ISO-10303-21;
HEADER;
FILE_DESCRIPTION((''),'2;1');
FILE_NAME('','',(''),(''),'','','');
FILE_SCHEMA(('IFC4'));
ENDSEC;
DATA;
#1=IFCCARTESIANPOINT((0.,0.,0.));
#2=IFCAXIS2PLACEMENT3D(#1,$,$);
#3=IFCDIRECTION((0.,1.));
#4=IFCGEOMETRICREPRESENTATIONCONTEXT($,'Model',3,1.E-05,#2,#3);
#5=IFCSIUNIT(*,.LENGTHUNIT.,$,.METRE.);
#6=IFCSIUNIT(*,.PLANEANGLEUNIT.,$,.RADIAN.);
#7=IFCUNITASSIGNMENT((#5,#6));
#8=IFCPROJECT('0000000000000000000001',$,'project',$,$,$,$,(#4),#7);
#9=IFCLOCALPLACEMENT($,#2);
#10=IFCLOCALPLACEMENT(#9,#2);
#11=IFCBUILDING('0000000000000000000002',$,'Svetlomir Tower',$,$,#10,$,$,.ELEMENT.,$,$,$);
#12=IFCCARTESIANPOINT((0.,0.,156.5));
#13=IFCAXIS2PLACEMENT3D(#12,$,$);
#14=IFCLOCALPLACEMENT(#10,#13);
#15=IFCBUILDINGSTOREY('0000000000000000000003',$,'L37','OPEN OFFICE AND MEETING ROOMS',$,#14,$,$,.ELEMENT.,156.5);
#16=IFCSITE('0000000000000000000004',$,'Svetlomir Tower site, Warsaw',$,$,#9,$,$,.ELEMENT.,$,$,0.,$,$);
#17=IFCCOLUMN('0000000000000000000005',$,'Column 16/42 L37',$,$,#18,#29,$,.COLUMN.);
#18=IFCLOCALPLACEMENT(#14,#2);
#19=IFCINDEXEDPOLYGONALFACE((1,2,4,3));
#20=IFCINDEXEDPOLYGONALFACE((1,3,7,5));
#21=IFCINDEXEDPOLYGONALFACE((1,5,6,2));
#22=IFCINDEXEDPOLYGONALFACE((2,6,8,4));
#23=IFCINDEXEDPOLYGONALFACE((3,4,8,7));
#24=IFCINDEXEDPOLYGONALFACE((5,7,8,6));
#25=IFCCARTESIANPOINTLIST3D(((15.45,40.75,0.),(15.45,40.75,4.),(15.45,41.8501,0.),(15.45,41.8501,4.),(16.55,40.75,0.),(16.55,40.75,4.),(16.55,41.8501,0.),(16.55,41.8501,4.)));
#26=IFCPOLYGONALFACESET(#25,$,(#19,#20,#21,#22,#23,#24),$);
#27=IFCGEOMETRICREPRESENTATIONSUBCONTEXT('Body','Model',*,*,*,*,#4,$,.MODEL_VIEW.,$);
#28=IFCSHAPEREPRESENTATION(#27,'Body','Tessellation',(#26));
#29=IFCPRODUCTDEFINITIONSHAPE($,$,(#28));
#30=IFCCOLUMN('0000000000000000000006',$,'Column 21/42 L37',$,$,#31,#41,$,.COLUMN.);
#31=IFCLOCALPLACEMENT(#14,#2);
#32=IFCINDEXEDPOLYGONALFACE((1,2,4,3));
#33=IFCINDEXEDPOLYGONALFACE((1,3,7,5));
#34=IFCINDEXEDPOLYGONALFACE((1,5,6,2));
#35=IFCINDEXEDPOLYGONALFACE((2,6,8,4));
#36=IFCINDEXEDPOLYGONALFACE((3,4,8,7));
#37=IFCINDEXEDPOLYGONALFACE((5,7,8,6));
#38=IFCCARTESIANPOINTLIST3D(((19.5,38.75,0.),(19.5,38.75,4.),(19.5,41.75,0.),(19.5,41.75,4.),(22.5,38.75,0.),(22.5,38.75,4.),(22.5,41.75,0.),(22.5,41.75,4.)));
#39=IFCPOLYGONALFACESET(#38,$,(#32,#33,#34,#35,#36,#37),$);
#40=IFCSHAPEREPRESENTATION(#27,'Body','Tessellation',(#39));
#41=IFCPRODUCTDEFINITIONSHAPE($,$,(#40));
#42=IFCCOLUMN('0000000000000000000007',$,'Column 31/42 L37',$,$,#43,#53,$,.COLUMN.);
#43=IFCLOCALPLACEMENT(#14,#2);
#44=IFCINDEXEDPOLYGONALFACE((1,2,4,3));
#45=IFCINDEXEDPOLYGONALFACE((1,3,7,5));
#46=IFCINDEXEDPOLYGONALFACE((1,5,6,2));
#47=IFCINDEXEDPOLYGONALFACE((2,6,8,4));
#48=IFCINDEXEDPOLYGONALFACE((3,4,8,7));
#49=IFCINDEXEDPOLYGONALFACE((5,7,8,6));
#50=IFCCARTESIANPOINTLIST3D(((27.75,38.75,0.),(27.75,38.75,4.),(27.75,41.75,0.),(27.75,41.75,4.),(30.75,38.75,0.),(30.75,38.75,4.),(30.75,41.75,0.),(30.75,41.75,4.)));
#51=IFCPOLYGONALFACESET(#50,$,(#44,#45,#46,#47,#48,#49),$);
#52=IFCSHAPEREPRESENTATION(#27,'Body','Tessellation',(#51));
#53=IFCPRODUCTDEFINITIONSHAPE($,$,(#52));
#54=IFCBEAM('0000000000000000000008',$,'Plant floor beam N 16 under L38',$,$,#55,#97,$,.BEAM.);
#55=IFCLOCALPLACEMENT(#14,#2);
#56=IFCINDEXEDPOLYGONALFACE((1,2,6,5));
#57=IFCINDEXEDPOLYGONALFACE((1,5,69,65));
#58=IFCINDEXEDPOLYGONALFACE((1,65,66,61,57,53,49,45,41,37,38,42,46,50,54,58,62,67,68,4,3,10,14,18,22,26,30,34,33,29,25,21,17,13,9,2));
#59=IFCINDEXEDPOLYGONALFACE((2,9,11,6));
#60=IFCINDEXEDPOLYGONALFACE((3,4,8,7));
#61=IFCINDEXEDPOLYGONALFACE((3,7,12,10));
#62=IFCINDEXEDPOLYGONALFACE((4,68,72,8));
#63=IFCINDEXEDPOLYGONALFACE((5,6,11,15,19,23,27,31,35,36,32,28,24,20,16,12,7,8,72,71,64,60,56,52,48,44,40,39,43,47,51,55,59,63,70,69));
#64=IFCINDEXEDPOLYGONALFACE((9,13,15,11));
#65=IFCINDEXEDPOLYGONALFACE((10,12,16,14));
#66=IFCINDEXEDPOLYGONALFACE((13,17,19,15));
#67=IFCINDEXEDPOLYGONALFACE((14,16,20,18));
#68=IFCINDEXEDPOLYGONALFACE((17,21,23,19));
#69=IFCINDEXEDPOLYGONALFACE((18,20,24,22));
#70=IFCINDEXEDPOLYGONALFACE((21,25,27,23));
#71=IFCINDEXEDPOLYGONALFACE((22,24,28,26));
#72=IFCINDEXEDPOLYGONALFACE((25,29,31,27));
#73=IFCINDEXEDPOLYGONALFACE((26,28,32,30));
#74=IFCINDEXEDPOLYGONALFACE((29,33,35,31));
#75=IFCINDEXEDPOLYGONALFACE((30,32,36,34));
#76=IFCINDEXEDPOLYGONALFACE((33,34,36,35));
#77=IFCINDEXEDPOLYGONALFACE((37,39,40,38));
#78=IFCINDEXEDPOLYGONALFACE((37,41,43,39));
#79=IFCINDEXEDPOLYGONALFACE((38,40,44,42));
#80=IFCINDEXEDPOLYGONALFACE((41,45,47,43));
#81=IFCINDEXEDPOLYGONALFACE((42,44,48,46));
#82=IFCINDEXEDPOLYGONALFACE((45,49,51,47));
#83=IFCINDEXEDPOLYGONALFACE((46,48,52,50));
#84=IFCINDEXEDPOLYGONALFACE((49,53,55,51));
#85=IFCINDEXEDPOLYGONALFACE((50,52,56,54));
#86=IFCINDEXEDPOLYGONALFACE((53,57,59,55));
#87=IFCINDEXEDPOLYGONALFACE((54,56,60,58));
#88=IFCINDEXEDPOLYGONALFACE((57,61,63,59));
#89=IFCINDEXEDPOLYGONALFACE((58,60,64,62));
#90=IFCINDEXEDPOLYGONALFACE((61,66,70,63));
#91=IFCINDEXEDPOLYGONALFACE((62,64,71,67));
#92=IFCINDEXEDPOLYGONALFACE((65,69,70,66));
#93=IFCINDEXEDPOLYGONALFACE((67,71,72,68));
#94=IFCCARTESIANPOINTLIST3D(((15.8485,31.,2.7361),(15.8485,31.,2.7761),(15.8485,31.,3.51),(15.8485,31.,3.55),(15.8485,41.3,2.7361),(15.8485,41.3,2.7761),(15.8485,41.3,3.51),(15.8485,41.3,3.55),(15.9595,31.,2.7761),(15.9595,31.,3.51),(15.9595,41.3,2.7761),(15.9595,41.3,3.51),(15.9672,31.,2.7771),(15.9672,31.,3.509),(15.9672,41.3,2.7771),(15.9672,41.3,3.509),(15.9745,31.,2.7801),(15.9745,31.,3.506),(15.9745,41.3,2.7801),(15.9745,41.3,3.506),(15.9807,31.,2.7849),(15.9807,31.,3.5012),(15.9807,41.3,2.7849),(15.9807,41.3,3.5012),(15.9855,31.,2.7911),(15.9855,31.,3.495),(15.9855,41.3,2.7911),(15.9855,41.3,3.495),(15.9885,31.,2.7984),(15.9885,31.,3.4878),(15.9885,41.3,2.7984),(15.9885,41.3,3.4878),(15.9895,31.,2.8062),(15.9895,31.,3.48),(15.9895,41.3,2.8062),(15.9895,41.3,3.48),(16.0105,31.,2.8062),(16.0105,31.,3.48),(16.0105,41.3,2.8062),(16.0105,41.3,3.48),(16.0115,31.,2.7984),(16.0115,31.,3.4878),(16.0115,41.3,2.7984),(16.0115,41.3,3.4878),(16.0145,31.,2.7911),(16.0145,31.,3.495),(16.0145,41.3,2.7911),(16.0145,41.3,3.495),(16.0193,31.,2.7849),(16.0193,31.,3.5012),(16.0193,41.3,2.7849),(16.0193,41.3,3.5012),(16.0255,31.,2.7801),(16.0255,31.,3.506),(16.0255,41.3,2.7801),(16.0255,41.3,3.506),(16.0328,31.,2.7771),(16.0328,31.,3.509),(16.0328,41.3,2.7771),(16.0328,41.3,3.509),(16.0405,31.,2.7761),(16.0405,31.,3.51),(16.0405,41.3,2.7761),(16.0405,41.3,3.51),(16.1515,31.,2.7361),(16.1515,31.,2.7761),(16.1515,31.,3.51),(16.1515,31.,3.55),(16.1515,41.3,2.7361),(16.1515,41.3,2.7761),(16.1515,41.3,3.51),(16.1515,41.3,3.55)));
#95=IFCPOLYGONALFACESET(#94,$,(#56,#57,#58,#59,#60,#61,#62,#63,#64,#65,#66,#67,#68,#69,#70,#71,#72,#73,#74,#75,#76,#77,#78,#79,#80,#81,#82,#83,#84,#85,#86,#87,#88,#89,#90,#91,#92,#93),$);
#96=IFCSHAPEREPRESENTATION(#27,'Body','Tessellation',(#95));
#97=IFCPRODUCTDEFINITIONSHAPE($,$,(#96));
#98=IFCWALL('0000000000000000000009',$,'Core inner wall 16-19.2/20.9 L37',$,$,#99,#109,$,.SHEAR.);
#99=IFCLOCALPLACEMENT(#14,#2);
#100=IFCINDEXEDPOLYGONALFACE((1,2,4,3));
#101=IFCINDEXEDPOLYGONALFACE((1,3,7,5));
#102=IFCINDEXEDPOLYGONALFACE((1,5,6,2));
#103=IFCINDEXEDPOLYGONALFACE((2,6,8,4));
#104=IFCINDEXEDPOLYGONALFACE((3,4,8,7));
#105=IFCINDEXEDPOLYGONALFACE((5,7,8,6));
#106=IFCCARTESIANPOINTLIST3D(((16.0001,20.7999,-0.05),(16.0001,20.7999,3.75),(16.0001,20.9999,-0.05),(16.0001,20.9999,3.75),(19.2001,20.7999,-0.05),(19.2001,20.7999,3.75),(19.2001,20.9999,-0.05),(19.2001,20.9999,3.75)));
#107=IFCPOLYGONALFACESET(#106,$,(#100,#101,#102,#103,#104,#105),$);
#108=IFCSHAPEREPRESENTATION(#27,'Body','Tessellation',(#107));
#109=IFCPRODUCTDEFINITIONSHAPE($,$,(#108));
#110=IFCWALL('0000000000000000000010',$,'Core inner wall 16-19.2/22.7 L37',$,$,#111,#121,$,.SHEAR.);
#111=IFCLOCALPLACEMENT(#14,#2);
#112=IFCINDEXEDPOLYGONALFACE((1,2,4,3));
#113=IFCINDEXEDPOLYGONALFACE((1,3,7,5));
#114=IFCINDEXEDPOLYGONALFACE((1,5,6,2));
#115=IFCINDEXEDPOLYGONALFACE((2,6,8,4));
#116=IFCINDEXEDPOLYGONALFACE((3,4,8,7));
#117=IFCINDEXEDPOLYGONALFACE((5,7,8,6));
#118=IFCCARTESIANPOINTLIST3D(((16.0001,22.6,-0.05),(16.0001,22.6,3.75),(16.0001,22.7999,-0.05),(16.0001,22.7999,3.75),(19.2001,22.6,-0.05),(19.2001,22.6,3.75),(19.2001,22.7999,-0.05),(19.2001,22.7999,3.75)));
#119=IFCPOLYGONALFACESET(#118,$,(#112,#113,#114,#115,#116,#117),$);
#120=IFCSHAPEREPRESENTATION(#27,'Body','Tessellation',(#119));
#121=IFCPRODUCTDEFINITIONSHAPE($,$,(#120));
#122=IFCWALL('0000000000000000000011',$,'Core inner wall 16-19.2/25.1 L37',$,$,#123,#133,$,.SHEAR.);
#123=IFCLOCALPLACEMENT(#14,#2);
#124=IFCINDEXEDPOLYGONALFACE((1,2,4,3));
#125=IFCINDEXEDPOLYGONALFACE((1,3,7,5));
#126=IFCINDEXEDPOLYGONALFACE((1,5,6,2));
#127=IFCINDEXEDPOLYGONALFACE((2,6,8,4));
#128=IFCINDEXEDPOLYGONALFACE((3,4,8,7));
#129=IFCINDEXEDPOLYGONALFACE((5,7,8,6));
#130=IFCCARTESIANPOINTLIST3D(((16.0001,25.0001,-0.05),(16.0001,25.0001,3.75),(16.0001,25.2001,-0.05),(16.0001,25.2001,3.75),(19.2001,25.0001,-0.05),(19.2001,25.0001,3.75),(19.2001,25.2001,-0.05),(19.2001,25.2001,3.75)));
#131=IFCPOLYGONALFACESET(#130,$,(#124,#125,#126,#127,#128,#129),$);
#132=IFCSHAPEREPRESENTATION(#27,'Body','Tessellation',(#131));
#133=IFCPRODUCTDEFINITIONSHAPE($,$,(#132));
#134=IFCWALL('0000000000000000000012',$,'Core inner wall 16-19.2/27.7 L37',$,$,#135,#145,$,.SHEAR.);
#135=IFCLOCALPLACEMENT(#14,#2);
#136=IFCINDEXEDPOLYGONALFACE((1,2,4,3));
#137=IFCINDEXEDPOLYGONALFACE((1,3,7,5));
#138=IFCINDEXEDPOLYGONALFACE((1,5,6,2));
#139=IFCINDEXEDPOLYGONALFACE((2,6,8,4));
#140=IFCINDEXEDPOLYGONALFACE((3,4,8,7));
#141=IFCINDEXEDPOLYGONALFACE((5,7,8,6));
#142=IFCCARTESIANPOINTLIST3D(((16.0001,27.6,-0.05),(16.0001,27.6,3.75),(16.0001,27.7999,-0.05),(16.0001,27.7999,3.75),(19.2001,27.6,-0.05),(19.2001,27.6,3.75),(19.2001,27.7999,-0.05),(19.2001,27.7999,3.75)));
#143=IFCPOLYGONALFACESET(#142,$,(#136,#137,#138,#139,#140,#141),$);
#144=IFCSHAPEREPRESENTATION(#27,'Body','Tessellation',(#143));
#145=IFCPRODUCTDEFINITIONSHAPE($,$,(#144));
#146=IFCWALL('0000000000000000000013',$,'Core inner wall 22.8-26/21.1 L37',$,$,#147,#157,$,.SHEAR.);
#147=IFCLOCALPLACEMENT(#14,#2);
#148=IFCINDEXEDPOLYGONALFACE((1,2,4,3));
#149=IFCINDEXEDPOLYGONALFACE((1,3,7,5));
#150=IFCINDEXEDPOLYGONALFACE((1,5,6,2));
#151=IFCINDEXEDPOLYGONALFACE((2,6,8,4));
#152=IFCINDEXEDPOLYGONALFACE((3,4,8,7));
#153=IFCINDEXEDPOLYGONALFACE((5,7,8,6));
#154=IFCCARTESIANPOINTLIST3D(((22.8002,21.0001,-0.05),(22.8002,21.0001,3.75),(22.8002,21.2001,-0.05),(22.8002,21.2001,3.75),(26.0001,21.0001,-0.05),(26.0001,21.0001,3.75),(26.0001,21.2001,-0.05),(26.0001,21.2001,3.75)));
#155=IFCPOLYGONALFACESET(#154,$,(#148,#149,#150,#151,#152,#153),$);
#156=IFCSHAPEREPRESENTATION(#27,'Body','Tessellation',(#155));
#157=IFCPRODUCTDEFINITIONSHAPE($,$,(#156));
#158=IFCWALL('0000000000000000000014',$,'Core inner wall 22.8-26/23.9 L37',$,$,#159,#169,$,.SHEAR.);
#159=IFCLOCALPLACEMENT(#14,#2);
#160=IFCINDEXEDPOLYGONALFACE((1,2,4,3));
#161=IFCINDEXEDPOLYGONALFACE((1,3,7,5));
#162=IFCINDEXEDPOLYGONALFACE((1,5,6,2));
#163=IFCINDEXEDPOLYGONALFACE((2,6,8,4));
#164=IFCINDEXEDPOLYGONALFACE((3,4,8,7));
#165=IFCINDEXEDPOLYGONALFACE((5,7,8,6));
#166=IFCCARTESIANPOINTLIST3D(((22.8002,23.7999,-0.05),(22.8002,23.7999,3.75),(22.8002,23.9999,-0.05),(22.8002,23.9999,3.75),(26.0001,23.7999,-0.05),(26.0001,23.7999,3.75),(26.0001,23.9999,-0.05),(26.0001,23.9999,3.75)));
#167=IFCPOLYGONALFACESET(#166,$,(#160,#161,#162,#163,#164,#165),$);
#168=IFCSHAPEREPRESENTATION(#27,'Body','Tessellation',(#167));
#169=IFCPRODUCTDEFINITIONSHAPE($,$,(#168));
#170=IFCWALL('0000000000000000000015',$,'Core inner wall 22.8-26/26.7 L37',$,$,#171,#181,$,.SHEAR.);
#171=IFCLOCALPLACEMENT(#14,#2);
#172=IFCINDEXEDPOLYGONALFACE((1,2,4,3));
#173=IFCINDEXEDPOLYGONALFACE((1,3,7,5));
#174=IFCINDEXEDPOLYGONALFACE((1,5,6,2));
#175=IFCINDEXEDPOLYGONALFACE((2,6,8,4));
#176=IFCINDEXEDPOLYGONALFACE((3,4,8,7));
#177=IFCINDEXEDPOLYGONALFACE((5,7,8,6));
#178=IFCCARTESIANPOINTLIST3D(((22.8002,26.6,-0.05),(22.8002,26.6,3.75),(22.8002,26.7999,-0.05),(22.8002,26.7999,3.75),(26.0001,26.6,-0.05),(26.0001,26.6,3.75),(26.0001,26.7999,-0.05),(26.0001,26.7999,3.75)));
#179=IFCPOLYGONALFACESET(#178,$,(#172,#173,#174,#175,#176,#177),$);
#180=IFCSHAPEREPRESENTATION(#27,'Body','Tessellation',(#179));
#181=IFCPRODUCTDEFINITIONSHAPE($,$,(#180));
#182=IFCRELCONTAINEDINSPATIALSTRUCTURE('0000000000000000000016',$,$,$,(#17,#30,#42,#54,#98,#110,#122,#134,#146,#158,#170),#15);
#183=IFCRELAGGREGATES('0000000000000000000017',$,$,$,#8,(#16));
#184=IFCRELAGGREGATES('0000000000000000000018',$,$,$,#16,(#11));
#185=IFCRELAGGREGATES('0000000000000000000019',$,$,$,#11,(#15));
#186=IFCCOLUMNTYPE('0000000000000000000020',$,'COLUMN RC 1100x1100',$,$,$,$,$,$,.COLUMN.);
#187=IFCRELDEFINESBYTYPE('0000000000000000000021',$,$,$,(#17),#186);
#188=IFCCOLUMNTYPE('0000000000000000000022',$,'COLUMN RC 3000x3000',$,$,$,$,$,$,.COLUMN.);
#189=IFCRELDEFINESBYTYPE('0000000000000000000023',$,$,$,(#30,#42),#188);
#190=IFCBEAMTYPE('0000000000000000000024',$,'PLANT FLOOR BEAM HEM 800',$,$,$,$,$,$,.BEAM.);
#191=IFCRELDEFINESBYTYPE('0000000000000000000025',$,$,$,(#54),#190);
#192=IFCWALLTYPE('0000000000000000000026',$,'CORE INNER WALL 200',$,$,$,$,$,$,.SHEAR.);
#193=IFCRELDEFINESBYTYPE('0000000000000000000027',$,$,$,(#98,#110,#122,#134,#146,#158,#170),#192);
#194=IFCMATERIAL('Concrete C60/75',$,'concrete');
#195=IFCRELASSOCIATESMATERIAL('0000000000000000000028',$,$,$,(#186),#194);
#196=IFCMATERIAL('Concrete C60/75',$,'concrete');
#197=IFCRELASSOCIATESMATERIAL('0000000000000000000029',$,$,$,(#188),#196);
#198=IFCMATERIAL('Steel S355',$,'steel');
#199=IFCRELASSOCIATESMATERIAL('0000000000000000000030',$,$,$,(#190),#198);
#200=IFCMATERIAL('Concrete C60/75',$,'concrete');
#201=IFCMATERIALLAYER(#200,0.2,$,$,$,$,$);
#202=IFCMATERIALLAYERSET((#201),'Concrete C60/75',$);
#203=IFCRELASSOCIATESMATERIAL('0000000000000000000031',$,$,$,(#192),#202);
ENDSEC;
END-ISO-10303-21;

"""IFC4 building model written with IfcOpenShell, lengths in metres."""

from ifc_helpers import new_model, si_unit, direction, frame, frame_2d, origin, origin_2d, place, context, subcontext, project, spatial, rectangle, i_section, extrude, material, layer, layer_set, material_profile, profile_set, type_object, element, save


model = new_model("IFC4")

# Units and contexts
model_context = context("Model", 3, precision=1e-05, world=origin(), true_north=direction((0.0, 1.0)))
body_context = subcontext(model_context, "Body", "Model", "MODEL_VIEW")
ifc_project = project(units=[si_unit("LENGTHUNIT", "METRE"), si_unit("PLANEANGLEUNIT", "RADIAN")], contexts=[model_context])

# Site, building, storey
site_placement = place(None, origin())
site = spatial("IfcSite", under=ifc_project, at=site_placement, Name="Svetlomir Tower site, Warsaw", CompositionType="ELEMENT", RefElevation=0.0)
building_placement = place(site_placement, origin())
building = spatial("IfcBuilding", under=site, at=building_placement, Name="Svetlomir Tower", CompositionType="ELEMENT")
storey_placement = place(building_placement, frame((0.0, 0.0, 156.5)))
storey = spatial("IfcBuildingStorey", under=building, at=storey_placement, Name="L37", Description="OPEN OFFICE AND MEETING ROOMS", CompositionType="ELEMENT", Elevation=156.5)

# Columns
ifc_material_1 = material(Name="Concrete C60/75", Category="concrete")
ifc_material_profile_1 = material_profile(ifc_material_1, rectangle(XDim=1.1001, YDim=1.1001, at=origin_2d()), Name="RC 1100x1100")
ifc_profile_set_1 = profile_set([ifc_material_profile_1], Name="Concrete C60/75")
column_type_1 = type_object("IfcColumnType", Name="COLUMN RC 1100x1100", PredefinedType="COLUMN", material=ifc_profile_set_1)
column_placement = place(storey_placement, frame((16.0, 41.3, 0.0), z_axis=(0.0, 0.0, 1.0), x_axis=(1.0, 0.0, 0.0)))
element("IfcColumn", 1, at=column_placement, inside=storey, type_object=column_type_1, Name="Column 16/42 L37", PredefinedType="COLUMN", context=body_context, shape_type="SweptSolid", body=[
    extrude(rectangle(XDim=1.1001, YDim=1.1001, at=origin_2d()), origin(), (0.0, 0.0, 1.0), 4.0),
])
ifc_material_2 = material(Name="Concrete C60/75", Category="concrete")
ifc_material_profile_2 = material_profile(ifc_material_2, rectangle(XDim=3.0, YDim=3.0, at=origin_2d()), Name="RC 3000x3000")
ifc_profile_set_2 = profile_set([ifc_material_profile_2], Name="Concrete C60/75")
column_type_2 = type_object("IfcColumnType", Name="COLUMN RC 3000x3000", PredefinedType="COLUMN", material=ifc_profile_set_2)
for number, where, z_axis, x_axis, name in (
    (2, (21.0, 40.25, 0.0), (0.0, 0.0, 1.0), (1.0, 0.0, 0.0), "Column 21/42 L37"),
    (3, (29.25, 40.25, 0.0), (0.0, 0.0, 1.0), (1.0, 0.0, 0.0), "Column 31/42 L37"),
):
    element("IfcColumn", number, at=place(storey_placement, frame(where, z_axis=z_axis, x_axis=x_axis)), inside=storey, type_object=column_type_2, Name=name, PredefinedType="COLUMN", context=body_context, shape_type="SweptSolid", body=[
        extrude(rectangle(XDim=3.0, YDim=3.0, at=origin_2d()), origin(), (0.0, 0.0, 1.0), 4.0),
    ])

# Beam
ifc_material_3 = material(Name="Steel S355", Category="steel")
ifc_material_profile_3 = material_profile(ifc_material_3, i_section(OverallWidth=0.303, OverallDepth=0.814, WebThickness=0.021, FlangeThickness=0.04, FilletRadius=0.03, at=origin_2d()), Name="HEM 800")
ifc_profile_set_3 = profile_set([ifc_material_profile_3], Name="Steel S355")
beam_type = type_object("IfcBeamType", Name="PLANT FLOOR BEAM HEM 800", PredefinedType="BEAM", material=ifc_profile_set_3)
beam_placement = place(storey_placement, frame((16.0, 41.3, 3.1431), z_axis=(0.0, -1.0, 0.0), x_axis=(1.0, 0.0, 0.0)))
element("IfcBeam", 4, at=beam_placement, inside=storey, type_object=beam_type, Name="Plant floor beam N 16 under L38", PredefinedType="BEAM", context=body_context, shape_type="SweptSolid", body=[
    extrude(i_section(OverallWidth=0.303, OverallDepth=0.814, WebThickness=0.021, FlangeThickness=0.04, FilletRadius=0.03, at=origin_2d()), origin(), (0.0, 0.0, 1.0), 10.3),
])

# Walls
ifc_material_4 = material(Name="Concrete C60/75", Category="concrete")
ifc_layer_1 = layer(ifc_material_4, 0.2)
ifc_layer_set_1 = layer_set([ifc_layer_1], Name="Concrete C60/75")
wall_type_1 = type_object("IfcWallType", Name="CORE INNER WALL 200", PredefinedType="SHEAR", material=ifc_layer_set_1)
for number, where, z_axis, x_axis, name in (
    (5, (16.0, 20.8999, -0.05), (0.0, 0.0, 1.0), (1.0, 0.0, 0.0), "Core inner wall 16-19.2/20.9 L37"),
    (6, (16.0, 22.7, -0.05), (0.0, 0.0, 1.0), (1.0, 0.0, 0.0), "Core inner wall 16-19.2/22.7 L37"),
    (7, (16.0, 25.1001, -0.05), (0.0, 0.0, 1.0), (1.0, 0.0, 0.0), "Core inner wall 16-19.2/25.1 L37"),
    (8, (16.0, 27.7, -0.05), (0.0, 0.0, 1.0), (1.0, 0.0, 0.0), "Core inner wall 16-19.2/27.7 L37"),
    (9, (22.8, 21.1001, -0.05), (0.0, 0.0, 1.0), (1.0, 0.0, 0.0), "Core inner wall 22.8-26/21.1 L37"),
    (10, (22.8, 23.8999, -0.05), (0.0, 0.0, 1.0), (1.0, 0.0, 0.0), "Core inner wall 22.8-26/23.9 L37"),
    (11, (22.8, 26.7, -0.05), (0.0, 0.0, 1.0), (1.0, 0.0, 0.0), "Core inner wall 22.8-26/26.7 L37"),
):
    element("IfcWall", number, at=place(storey_placement, frame(where, z_axis=z_axis, x_axis=x_axis)), inside=storey, type_object=wall_type_1, Name=name, PredefinedType="SHEAR", context=body_context, shape_type="SweptSolid", body=[
        extrude(rectangle(XDim=3.2, YDim=0.2, at=frame_2d((1.6001, 0.0))), origin(), (0.0, 0.0, 1.0), 3.8),
    ])

save(model, "model.ifc")
